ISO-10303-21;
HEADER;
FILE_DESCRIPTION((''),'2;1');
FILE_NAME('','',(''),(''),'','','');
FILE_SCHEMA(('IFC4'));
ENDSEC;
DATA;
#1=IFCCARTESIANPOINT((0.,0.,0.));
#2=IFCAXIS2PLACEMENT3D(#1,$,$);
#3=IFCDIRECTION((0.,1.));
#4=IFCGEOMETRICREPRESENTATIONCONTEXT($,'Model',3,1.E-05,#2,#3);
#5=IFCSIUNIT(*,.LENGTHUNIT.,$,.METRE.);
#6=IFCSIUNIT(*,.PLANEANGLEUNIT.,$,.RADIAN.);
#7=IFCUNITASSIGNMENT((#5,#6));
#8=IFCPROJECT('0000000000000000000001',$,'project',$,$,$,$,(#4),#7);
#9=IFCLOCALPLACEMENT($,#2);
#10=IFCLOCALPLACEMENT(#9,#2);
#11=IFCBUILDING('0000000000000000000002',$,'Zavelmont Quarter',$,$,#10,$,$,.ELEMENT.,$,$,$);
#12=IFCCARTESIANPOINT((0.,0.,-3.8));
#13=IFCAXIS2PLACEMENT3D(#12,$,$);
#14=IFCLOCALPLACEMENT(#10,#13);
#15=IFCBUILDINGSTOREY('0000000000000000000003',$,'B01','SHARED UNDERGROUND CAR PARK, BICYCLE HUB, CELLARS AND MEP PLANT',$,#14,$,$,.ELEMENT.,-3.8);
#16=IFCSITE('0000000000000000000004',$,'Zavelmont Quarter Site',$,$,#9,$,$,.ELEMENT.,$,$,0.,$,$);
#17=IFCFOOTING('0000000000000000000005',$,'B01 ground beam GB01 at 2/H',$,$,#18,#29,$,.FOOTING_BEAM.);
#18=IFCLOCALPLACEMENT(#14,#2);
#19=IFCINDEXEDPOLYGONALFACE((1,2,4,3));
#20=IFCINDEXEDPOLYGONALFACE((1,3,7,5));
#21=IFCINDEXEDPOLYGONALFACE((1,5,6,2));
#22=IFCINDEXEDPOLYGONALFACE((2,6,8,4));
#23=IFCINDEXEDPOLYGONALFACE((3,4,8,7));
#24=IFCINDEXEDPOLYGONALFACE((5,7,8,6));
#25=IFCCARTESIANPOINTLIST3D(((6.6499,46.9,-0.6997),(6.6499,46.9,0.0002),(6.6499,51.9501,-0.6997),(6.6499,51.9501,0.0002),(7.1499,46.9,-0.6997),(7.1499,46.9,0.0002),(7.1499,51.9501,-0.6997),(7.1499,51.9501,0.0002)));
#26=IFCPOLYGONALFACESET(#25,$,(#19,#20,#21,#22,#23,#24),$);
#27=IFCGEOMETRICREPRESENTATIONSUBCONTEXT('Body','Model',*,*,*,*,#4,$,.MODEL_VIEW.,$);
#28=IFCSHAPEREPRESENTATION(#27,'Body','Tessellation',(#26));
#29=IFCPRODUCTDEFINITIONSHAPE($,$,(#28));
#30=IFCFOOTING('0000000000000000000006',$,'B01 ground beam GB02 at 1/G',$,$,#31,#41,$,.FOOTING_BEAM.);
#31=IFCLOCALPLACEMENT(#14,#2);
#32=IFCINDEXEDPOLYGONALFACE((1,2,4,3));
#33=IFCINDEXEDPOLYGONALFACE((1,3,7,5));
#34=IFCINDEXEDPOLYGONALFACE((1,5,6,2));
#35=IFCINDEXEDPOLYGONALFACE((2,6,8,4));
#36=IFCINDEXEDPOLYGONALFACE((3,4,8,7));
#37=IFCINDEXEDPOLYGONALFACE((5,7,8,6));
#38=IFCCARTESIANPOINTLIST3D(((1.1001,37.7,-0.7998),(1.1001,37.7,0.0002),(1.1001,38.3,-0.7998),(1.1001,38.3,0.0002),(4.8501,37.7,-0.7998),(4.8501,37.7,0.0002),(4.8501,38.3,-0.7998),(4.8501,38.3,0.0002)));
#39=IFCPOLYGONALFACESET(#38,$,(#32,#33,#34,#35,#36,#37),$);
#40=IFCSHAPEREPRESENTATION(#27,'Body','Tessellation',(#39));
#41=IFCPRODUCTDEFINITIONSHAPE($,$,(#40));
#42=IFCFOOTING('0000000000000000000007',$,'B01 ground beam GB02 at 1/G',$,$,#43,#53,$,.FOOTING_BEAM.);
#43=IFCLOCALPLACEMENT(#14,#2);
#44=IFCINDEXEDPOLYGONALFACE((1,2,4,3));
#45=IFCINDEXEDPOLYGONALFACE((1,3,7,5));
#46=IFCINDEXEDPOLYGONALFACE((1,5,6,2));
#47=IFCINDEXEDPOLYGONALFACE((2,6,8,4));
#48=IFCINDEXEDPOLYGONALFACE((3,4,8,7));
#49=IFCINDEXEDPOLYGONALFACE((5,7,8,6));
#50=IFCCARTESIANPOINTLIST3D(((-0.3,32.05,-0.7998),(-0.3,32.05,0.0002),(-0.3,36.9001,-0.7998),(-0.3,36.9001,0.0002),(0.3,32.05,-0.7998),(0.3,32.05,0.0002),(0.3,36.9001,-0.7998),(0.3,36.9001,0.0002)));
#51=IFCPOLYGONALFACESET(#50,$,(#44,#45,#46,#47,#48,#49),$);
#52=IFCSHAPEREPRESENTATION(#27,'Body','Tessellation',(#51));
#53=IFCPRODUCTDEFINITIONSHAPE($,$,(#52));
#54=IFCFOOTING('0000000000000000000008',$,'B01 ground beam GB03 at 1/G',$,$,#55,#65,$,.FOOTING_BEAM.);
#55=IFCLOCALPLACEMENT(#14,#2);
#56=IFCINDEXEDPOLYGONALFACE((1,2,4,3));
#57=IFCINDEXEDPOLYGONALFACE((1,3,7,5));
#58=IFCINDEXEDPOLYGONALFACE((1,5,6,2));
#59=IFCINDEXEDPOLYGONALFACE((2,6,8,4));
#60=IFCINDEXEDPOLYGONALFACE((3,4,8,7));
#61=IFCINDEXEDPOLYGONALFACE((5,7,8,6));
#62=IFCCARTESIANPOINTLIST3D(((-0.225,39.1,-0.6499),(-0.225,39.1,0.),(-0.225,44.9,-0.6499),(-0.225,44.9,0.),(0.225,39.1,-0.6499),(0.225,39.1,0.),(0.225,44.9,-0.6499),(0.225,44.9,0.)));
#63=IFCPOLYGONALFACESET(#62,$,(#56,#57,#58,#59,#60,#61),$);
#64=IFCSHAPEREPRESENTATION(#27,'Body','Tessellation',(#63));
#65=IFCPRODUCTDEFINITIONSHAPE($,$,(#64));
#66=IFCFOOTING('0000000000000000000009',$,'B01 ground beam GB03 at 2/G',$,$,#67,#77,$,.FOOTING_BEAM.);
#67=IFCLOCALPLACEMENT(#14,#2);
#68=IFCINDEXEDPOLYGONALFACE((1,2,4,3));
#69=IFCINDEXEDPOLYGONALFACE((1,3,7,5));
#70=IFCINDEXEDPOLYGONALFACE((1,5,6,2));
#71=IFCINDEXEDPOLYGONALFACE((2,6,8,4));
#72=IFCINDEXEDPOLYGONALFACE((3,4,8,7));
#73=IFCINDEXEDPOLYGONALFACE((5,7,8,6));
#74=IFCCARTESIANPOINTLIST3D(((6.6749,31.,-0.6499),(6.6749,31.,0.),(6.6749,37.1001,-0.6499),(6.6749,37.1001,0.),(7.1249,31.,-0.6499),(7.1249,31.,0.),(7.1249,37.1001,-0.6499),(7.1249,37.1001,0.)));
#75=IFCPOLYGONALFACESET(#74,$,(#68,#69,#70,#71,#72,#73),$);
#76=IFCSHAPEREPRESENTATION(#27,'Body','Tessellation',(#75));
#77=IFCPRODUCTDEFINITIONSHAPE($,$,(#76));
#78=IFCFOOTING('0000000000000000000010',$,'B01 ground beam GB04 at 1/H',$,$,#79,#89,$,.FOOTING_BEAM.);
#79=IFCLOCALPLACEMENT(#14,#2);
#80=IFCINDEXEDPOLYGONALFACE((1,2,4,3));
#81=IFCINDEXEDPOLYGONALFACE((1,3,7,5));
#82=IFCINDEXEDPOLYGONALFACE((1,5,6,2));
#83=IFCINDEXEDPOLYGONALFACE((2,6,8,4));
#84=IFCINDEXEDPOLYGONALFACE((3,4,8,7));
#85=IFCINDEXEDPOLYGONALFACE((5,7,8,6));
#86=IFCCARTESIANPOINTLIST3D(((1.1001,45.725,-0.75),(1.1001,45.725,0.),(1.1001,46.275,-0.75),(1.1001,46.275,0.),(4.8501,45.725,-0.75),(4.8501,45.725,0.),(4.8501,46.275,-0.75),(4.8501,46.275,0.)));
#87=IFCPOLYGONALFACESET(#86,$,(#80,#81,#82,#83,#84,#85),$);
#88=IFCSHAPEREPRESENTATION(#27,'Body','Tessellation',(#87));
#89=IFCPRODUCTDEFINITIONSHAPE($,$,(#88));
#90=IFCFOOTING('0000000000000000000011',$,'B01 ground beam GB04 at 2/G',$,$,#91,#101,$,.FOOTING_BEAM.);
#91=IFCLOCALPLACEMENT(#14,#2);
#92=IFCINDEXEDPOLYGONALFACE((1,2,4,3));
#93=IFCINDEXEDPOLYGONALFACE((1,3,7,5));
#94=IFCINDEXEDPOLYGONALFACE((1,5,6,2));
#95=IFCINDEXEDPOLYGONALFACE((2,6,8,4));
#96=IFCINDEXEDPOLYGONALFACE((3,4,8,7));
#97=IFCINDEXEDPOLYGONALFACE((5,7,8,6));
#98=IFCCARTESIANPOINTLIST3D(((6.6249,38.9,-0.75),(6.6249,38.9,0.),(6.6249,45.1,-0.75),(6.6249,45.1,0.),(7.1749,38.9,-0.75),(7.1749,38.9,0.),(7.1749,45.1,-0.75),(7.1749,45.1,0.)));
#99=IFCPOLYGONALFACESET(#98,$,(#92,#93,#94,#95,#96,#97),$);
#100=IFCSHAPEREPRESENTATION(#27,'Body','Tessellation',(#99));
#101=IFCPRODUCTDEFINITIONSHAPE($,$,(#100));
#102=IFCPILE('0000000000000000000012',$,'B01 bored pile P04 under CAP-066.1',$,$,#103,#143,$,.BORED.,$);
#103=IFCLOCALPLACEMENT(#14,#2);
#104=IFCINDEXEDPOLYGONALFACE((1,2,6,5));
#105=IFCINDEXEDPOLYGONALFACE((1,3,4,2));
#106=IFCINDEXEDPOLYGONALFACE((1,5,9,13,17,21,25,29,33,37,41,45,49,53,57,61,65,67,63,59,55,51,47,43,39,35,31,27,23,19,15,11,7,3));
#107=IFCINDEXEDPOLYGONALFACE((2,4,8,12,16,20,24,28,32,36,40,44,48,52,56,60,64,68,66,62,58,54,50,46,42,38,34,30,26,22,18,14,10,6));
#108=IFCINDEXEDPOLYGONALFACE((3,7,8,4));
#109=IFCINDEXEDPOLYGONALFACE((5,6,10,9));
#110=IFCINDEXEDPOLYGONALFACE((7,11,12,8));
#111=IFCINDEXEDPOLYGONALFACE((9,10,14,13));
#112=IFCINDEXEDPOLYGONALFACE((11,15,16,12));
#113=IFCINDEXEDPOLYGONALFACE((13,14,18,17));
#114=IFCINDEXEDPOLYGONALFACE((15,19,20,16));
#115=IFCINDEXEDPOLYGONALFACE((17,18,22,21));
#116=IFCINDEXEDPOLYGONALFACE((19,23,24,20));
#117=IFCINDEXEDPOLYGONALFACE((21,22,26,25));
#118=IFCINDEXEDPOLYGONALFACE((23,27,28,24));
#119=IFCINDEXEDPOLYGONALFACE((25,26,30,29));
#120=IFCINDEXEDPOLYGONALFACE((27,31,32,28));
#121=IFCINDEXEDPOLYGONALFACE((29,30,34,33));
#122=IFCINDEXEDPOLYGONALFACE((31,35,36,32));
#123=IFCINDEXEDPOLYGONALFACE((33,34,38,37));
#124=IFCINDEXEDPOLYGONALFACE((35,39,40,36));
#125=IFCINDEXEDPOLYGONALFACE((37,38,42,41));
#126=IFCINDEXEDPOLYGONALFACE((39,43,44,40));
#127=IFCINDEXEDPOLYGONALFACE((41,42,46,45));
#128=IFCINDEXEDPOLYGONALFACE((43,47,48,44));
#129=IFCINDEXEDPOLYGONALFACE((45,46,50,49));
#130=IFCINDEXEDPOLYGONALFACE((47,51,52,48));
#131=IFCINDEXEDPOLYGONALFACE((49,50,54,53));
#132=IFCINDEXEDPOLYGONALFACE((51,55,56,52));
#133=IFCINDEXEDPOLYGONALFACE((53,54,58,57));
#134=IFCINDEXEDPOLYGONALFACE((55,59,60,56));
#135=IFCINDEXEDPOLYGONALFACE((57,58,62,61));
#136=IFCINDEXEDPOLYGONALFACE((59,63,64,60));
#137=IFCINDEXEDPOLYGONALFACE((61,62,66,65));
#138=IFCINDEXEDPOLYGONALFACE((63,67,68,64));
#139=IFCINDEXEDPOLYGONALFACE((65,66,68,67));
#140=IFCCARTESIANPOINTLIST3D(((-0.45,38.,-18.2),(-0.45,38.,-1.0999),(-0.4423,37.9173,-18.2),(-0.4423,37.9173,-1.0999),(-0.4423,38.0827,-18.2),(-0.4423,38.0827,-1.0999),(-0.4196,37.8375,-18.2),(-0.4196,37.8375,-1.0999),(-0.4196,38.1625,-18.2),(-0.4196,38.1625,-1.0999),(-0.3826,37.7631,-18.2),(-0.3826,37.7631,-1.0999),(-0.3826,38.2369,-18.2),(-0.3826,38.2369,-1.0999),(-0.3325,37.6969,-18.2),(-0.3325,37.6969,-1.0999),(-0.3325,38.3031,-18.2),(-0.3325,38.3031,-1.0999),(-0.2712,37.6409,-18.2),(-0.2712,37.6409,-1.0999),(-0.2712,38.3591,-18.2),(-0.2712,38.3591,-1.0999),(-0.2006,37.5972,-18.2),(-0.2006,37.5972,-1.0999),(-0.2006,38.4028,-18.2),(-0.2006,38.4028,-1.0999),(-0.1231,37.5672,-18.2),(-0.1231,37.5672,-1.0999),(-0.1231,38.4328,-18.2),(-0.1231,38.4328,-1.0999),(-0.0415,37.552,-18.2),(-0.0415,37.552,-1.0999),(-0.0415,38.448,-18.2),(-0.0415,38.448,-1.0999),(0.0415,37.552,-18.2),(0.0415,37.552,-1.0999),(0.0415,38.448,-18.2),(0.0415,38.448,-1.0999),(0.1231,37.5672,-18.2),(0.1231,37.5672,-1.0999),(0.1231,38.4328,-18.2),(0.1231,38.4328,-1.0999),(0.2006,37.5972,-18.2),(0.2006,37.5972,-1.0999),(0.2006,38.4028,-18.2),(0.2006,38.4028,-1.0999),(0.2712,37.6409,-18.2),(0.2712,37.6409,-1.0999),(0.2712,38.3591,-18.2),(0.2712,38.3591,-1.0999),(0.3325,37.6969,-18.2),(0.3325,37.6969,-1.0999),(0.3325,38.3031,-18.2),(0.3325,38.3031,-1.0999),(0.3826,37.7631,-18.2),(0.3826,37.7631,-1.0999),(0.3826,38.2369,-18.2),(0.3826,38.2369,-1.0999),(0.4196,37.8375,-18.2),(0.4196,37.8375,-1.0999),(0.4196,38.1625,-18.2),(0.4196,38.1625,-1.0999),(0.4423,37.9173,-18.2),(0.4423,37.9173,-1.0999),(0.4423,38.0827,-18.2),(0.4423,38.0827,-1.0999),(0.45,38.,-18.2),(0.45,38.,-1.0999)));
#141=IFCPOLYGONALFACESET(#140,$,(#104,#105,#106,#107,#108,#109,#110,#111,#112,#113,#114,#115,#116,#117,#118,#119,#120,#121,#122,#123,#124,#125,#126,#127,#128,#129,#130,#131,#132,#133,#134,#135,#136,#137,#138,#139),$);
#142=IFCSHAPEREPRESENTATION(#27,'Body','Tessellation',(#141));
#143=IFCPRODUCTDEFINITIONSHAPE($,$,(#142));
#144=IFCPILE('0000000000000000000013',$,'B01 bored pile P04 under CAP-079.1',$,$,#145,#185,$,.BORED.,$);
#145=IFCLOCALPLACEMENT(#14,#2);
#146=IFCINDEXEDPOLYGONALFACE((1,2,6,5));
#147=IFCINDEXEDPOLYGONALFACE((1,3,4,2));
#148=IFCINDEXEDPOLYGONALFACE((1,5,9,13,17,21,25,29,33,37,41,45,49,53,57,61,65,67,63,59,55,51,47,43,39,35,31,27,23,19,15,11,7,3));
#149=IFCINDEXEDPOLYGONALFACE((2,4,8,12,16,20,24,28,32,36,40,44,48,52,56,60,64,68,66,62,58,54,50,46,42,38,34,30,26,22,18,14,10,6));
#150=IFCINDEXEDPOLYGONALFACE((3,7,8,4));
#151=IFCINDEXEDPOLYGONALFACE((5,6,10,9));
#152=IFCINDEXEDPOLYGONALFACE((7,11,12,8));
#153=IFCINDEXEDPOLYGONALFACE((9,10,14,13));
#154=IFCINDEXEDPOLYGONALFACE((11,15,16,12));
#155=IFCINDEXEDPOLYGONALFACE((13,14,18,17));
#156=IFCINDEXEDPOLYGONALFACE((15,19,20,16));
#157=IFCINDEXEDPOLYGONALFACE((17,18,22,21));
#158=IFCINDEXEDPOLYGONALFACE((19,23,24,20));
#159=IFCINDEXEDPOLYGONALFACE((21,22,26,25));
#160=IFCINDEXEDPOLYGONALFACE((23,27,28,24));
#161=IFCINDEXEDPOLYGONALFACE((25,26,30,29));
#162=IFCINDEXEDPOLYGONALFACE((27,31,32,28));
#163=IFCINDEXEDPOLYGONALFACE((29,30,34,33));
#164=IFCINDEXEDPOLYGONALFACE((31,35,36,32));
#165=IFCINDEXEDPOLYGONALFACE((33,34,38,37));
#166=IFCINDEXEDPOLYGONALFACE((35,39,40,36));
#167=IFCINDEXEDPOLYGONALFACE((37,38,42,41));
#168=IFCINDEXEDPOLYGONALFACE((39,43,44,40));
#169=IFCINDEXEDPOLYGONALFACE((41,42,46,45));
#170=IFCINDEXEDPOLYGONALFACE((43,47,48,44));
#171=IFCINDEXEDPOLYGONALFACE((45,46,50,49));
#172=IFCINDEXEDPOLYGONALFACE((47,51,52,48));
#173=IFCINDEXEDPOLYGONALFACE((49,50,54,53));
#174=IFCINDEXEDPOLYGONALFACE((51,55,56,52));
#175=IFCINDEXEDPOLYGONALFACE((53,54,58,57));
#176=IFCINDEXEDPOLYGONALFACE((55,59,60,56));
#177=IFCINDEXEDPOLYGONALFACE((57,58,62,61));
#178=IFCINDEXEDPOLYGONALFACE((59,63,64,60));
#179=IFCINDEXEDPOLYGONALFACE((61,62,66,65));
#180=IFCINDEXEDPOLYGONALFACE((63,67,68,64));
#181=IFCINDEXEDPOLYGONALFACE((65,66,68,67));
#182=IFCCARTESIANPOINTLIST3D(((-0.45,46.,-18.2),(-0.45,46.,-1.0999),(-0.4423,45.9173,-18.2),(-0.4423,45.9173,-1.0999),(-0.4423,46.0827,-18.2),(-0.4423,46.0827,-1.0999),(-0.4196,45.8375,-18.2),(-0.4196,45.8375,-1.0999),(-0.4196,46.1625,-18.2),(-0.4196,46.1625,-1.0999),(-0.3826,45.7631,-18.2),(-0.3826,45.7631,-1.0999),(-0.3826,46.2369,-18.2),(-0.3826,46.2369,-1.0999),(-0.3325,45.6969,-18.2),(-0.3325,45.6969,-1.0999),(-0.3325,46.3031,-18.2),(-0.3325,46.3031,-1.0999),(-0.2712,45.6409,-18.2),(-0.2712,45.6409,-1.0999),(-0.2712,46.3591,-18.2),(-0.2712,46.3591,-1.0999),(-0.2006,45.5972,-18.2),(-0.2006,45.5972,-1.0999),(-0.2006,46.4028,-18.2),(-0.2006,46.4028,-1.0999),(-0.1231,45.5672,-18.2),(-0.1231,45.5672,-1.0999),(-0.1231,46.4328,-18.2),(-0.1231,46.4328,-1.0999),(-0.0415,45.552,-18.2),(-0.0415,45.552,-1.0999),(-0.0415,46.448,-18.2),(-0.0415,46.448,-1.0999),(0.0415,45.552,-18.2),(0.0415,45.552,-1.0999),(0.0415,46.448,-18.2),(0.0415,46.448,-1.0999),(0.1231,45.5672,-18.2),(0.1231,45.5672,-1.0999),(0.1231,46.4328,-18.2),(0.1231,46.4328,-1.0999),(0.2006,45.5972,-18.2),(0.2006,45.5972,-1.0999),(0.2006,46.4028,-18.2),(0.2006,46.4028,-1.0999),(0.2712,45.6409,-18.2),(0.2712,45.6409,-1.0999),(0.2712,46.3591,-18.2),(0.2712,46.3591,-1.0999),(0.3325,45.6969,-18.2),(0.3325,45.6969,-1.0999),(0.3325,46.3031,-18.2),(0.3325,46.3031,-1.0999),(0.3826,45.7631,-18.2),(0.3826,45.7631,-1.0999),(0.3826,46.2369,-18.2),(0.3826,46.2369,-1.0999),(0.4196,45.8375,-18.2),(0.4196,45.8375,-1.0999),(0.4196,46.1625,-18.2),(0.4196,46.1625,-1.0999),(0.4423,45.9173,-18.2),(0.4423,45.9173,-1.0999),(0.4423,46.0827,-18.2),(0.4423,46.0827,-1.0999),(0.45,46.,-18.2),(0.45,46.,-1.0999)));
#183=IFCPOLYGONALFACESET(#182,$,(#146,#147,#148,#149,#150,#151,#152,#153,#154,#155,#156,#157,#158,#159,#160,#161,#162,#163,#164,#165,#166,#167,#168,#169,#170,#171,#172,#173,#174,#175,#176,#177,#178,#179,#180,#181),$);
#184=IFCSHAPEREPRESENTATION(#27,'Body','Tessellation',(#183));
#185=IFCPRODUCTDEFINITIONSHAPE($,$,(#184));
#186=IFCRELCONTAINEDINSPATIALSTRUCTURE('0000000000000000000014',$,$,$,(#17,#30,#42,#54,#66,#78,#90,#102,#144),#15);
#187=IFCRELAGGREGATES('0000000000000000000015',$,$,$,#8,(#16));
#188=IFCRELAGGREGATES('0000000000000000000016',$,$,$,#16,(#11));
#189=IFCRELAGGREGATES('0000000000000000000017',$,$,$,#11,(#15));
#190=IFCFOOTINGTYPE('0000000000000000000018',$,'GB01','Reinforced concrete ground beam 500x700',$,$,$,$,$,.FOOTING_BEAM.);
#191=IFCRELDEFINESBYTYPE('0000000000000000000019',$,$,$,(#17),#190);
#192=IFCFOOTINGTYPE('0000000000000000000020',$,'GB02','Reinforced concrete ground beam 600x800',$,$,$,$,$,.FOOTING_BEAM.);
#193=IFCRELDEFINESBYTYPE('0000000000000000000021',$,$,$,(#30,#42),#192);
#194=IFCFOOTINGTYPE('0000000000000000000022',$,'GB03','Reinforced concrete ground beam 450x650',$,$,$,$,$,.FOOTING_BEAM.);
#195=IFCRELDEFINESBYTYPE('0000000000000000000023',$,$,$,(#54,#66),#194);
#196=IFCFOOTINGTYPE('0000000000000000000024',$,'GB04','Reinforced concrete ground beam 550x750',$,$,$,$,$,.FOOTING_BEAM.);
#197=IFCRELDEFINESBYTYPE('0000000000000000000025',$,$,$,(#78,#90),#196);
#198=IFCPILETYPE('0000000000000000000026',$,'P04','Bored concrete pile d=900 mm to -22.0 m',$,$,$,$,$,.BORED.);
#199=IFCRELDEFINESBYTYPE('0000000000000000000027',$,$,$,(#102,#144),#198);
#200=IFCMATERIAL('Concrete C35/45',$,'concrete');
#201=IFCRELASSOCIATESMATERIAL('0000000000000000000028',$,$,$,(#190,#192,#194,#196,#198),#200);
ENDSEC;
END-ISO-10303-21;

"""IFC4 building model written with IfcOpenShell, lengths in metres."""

from ifc_helpers import new_model, si_unit, direction, frame, origin, origin_2d, place, context, subcontext, project, spatial, rectangle, circle, extrude, material, material_profile, profile_set, type_object, element, save


model = new_model("IFC4")

# Units and contexts
model_context = context("Model", 3, precision=1e-05, world=origin(), true_north=direction((0.0, 1.0)))
body_context = subcontext(model_context, "Body", "Model", "MODEL_VIEW")
ifc_project = project(units=[si_unit("LENGTHUNIT", "METRE"), si_unit("PLANEANGLEUNIT", "RADIAN")], contexts=[model_context])

# Site, building, storey
site_placement = place(None, origin())
site = spatial("IfcSite", under=ifc_project, at=site_placement, Name="Zavelmont Quarter Site", CompositionType="ELEMENT", RefElevation=0.0)
building_placement = place(site_placement, origin())
building = spatial("IfcBuilding", under=site, at=building_placement, Name="Zavelmont Quarter", CompositionType="ELEMENT")
storey_placement = place(building_placement, frame((0.0, 0.0, -3.8)))
storey = spatial("IfcBuildingStorey", under=building, at=storey_placement, Name="B01", Description="SHARED UNDERGROUND CAR PARK, BICYCLE HUB, CELLARS AND MEP PLANT", CompositionType="ELEMENT", Elevation=-3.8)

# Footings
ifc_material_1 = material(Name="Concrete C35/45", Category="concrete")
footing_type_1 = type_object("IfcFootingType", Name="GB01", Description="Reinforced concrete ground beam 500x700", PredefinedType="FOOTING_BEAM", material=ifc_material_1)
footing_1_placement = place(storey_placement, frame((6.8999, 49.425, -0.6997), z_axis=(0.0, 0.0, 1.0), x_axis=(0.0, 1.0, 0.0)))
element("IfcFooting", 1, at=footing_1_placement, inside=storey, type_object=footing_type_1, Name="B01 ground beam GB01 at 2/H", PredefinedType="FOOTING_BEAM", context=body_context, shape_type="SweptSolid", body=[
    extrude(rectangle(XDim=5.05, YDim=0.5, at=origin_2d()), origin(), (0.0, 0.0, 1.0), 0.7),
])
footing_type_2 = type_object("IfcFootingType", Name="GB02", Description="Reinforced concrete ground beam 600x800", PredefinedType="FOOTING_BEAM", material=ifc_material_1)
footing_2_placement = place(storey_placement, frame((2.9751, 38.0, -0.7998), z_axis=(0.0, 0.0, 1.0), x_axis=(1.0, 0.0, 0.0)))
element("IfcFooting", 2, at=footing_2_placement, inside=storey, type_object=footing_type_2, Name="B01 ground beam GB02 at 1/G", PredefinedType="FOOTING_BEAM", context=body_context, shape_type="SweptSolid", body=[
    extrude(rectangle(XDim=3.75, YDim=0.6001, at=origin_2d()), origin(), (0.0, 0.0, 1.0), 0.8),
])
footing_3_placement = place(storey_placement, frame((0.0, 34.4751, -0.7998), z_axis=(0.0, 0.0, 1.0), x_axis=(0.0, 1.0, 0.0)))
element("IfcFooting", 3, at=footing_3_placement, inside=storey, type_object=footing_type_2, Name="B01 ground beam GB02 at 1/G", PredefinedType="FOOTING_BEAM", context=body_context, shape_type="SweptSolid", body=[
    extrude(rectangle(XDim=4.8501, YDim=0.6001, at=origin_2d()), origin(), (0.0, 0.0, 1.0), 0.8),
])
footing_type_3 = type_object("IfcFootingType", Name="GB03", Description="Reinforced concrete ground beam 450x650", PredefinedType="FOOTING_BEAM", material=ifc_material_1)
footing_4_placement = place(storey_placement, frame((0.0, 42.0, -0.6499), z_axis=(0.0, 0.0, 1.0), x_axis=(0.0, 1.0, 0.0)))
element("IfcFooting", 4, at=footing_4_placement, inside=storey, type_object=footing_type_3, Name="B01 ground beam GB03 at 1/G", PredefinedType="FOOTING_BEAM", context=body_context, shape_type="SweptSolid", body=[
    extrude(rectangle(XDim=5.8, YDim=0.45, at=origin_2d()), origin(), (0.0, 0.0, 1.0), 0.6499),
])
footing_5_placement = place(storey_placement, frame((6.8999, 34.05, -0.6499), z_axis=(0.0, 0.0, 1.0), x_axis=(0.0, 1.0, 0.0)))
element("IfcFooting", 5, at=footing_5_placement, inside=storey, type_object=footing_type_3, Name="B01 ground beam GB03 at 2/G", PredefinedType="FOOTING_BEAM", context=body_context, shape_type="SweptSolid", body=[
    extrude(rectangle(XDim=6.1001, YDim=0.45, at=origin_2d()), origin(), (0.0, 0.0, 1.0), 0.6499),
])
footing_type_4 = type_object("IfcFootingType", Name="GB04", Description="Reinforced concrete ground beam 550x750", PredefinedType="FOOTING_BEAM", material=ifc_material_1)
footing_6_placement = place(storey_placement, frame((2.9751, 46.0, -0.75), z_axis=(0.0, 0.0, 1.0), x_axis=(1.0, 0.0, 0.0)))
element("IfcFooting", 6, at=footing_6_placement, inside=storey, type_object=footing_type_4, Name="B01 ground beam GB04 at 1/H", PredefinedType="FOOTING_BEAM", context=body_context, shape_type="SweptSolid", body=[
    extrude(rectangle(XDim=3.75, YDim=0.55, at=origin_2d()), origin(), (0.0, 0.0, 1.0), 0.75),
])
footing_7_placement = place(storey_placement, frame((6.8999, 42.0, -0.75), z_axis=(0.0, 0.0, 1.0), x_axis=(0.0, 1.0, 0.0)))
element("IfcFooting", 7, at=footing_7_placement, inside=storey, type_object=footing_type_4, Name="B01 ground beam GB04 at 2/G", PredefinedType="FOOTING_BEAM", context=body_context, shape_type="SweptSolid", body=[
    extrude(rectangle(XDim=6.2, YDim=0.55, at=origin_2d()), origin(), (0.0, 0.0, 1.0), 0.75),
])

# Piles
ifc_material_profile_1 = material_profile(ifc_material_1, circle(Radius=0.45, at=origin_2d()), Name="BP900")
ifc_profile_set_1 = profile_set([ifc_material_profile_1], Name="Concrete C35/45")
pile_type_1 = type_object("IfcPileType", Name="P04", Description="Bored concrete pile d=900 mm to -22.0 m", PredefinedType="BORED", material=ifc_profile_set_1)
for number, where, z_axis, x_axis, name in (
    (8, (0.0, 38.0, -1.0999), (0.0, 0.0, -1.0), (1.0, 0.0, 0.0), "B01 bored pile P04 under CAP-066.1"),
    (9, (0.0, 46.0, -1.0999), (0.0, 0.0, -1.0), (1.0, 0.0, 0.0), "B01 bored pile P04 under CAP-079.1"),
):
    element("IfcPile", number, at=place(storey_placement, frame(where, z_axis=z_axis, x_axis=x_axis)), inside=storey, type_object=pile_type_1, Name=name, PredefinedType="BORED", context=body_context, shape_type="SweptSolid", body=[
        extrude(circle(Radius=0.45, at=origin_2d()), origin(), (0.0, 0.0, 1.0), 17.1001),
    ])

save(model, "model.ifc")
